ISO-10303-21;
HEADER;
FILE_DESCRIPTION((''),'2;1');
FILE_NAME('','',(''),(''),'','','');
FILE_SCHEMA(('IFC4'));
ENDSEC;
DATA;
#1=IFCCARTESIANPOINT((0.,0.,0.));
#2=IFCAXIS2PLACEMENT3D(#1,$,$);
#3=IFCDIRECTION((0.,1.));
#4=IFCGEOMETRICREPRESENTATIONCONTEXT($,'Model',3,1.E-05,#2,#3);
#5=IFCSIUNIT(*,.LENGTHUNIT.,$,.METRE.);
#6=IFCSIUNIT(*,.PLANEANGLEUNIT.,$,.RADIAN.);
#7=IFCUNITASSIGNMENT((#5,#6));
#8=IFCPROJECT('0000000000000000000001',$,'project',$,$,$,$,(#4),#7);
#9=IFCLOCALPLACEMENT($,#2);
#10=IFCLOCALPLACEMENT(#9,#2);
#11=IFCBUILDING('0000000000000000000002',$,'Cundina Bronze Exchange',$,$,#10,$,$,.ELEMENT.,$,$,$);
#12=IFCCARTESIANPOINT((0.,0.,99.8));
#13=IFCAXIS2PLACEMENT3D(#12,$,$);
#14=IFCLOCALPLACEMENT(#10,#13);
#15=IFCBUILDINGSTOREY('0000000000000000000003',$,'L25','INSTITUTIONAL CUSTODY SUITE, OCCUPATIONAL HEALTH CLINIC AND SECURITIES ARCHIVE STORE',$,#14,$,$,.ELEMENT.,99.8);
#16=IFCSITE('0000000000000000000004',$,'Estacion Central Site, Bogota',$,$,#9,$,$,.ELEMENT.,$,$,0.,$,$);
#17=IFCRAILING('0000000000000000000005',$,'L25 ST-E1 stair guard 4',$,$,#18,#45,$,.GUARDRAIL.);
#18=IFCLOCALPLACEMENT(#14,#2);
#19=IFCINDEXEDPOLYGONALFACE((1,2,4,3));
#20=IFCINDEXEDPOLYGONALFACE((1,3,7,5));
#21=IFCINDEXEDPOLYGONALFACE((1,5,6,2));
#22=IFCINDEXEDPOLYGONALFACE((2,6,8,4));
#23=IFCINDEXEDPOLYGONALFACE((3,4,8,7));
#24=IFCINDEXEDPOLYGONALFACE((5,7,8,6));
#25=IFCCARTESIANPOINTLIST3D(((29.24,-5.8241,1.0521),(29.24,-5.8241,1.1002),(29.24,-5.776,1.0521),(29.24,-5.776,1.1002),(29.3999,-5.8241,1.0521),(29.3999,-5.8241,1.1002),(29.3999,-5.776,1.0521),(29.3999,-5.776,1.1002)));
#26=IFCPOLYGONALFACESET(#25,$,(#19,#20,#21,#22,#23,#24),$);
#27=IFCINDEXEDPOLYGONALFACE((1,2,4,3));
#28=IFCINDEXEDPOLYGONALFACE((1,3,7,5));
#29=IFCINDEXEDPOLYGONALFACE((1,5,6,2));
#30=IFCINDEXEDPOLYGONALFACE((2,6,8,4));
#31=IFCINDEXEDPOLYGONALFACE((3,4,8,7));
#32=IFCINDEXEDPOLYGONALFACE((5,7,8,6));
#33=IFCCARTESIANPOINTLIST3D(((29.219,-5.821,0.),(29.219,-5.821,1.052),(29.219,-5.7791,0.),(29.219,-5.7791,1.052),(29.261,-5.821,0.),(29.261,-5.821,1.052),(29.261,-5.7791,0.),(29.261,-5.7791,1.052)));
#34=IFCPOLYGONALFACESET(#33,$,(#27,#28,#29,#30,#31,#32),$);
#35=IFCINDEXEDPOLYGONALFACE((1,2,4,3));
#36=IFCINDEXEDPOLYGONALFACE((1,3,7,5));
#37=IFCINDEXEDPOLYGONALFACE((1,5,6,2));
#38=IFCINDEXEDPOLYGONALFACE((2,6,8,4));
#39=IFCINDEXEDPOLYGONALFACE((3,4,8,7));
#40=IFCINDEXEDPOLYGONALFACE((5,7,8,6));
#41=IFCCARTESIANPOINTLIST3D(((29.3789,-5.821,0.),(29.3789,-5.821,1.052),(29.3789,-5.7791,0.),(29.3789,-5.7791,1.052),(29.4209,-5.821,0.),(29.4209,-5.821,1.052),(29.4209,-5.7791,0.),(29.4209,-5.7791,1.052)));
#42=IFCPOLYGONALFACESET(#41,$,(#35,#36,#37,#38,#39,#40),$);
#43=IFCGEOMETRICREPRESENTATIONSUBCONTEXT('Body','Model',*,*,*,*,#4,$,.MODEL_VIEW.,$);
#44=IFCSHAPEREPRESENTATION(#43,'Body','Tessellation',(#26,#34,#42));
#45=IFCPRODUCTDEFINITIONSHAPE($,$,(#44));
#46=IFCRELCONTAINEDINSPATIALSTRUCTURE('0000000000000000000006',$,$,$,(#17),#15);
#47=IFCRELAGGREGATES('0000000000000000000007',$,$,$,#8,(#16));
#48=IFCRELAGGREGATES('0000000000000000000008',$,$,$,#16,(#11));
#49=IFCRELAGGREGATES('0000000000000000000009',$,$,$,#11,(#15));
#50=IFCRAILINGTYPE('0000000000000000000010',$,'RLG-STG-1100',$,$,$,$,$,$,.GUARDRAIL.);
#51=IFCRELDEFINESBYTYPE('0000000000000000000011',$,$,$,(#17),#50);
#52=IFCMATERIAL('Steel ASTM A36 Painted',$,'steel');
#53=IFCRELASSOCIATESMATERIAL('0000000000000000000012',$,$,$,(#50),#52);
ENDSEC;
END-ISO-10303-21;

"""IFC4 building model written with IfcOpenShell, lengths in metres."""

from ifc_helpers import new_model, si_unit, direction, frame, origin, origin_2d, place, context, subcontext, project, spatial, rectangle, extrude, material, type_object, element, save


model = new_model("IFC4")

# Units and contexts
model_context = context("Model", 3, precision=1e-05, world=origin(), true_north=direction((0.0, 1.0)))
body_context = subcontext(model_context, "Body", "Model", "MODEL_VIEW")
ifc_project = project(units=[si_unit("LENGTHUNIT", "METRE"), si_unit("PLANEANGLEUNIT", "RADIAN")], contexts=[model_context])

# Site, building, storey
site_placement = place(None, origin())
site = spatial("IfcSite", under=ifc_project, at=site_placement, Name="Estacion Central Site, Bogota", CompositionType="ELEMENT", RefElevation=0.0)
building_placement = place(site_placement, origin())
building = spatial("IfcBuilding", under=site, at=building_placement, Name="Cundina Bronze Exchange", CompositionType="ELEMENT")
storey_placement = place(building_placement, frame((0.0, 0.0, 99.8)))
storey = spatial("IfcBuildingStorey", under=building, at=storey_placement, Name="L25", Description="INSTITUTIONAL CUSTODY SUITE, OCCUPATIONAL HEALTH CLINIC AND SECURITIES ARCHIVE STORE", CompositionType="ELEMENT", Elevation=99.8)

# Railing
ifc_material_1 = material(Name="Steel ASTM A36 Painted", Category="steel")
railing_type_1 = type_object("IfcRailingType", Name="RLG-STG-1100", PredefinedType="GUARDRAIL", material=ifc_material_1)
railing_1_placement = place(storey_placement, frame((29.24, -5.8, 0.0)))
element("IfcRailing", 1, at=railing_1_placement, inside=storey, type_object=railing_type_1, Name="L25 ST-E1 stair guard 4", PredefinedType="GUARDRAIL", context=body_context, shape_type="SweptSolid", body=[
    extrude(rectangle(XDim=0.0481, YDim=0.0481, at=origin_2d()), frame((0.0, 0.0, 1.0762), z_axis=(1.0, 0.0, 0.0), x_axis=(0.0, 1.0, 0.0)), (0.0, 0.0, 1.0), 0.1599),
    extrude(rectangle(XDim=0.042, YDim=0.042, at=origin_2d()), origin(), (0.0, 0.0, 1.0), 1.052),
    extrude(rectangle(XDim=0.042, YDim=0.042, at=origin_2d()), frame((0.1599, 0.0, 0.0)), (0.0, 0.0, 1.0), 1.052),
])

save(model, "model.ifc")
